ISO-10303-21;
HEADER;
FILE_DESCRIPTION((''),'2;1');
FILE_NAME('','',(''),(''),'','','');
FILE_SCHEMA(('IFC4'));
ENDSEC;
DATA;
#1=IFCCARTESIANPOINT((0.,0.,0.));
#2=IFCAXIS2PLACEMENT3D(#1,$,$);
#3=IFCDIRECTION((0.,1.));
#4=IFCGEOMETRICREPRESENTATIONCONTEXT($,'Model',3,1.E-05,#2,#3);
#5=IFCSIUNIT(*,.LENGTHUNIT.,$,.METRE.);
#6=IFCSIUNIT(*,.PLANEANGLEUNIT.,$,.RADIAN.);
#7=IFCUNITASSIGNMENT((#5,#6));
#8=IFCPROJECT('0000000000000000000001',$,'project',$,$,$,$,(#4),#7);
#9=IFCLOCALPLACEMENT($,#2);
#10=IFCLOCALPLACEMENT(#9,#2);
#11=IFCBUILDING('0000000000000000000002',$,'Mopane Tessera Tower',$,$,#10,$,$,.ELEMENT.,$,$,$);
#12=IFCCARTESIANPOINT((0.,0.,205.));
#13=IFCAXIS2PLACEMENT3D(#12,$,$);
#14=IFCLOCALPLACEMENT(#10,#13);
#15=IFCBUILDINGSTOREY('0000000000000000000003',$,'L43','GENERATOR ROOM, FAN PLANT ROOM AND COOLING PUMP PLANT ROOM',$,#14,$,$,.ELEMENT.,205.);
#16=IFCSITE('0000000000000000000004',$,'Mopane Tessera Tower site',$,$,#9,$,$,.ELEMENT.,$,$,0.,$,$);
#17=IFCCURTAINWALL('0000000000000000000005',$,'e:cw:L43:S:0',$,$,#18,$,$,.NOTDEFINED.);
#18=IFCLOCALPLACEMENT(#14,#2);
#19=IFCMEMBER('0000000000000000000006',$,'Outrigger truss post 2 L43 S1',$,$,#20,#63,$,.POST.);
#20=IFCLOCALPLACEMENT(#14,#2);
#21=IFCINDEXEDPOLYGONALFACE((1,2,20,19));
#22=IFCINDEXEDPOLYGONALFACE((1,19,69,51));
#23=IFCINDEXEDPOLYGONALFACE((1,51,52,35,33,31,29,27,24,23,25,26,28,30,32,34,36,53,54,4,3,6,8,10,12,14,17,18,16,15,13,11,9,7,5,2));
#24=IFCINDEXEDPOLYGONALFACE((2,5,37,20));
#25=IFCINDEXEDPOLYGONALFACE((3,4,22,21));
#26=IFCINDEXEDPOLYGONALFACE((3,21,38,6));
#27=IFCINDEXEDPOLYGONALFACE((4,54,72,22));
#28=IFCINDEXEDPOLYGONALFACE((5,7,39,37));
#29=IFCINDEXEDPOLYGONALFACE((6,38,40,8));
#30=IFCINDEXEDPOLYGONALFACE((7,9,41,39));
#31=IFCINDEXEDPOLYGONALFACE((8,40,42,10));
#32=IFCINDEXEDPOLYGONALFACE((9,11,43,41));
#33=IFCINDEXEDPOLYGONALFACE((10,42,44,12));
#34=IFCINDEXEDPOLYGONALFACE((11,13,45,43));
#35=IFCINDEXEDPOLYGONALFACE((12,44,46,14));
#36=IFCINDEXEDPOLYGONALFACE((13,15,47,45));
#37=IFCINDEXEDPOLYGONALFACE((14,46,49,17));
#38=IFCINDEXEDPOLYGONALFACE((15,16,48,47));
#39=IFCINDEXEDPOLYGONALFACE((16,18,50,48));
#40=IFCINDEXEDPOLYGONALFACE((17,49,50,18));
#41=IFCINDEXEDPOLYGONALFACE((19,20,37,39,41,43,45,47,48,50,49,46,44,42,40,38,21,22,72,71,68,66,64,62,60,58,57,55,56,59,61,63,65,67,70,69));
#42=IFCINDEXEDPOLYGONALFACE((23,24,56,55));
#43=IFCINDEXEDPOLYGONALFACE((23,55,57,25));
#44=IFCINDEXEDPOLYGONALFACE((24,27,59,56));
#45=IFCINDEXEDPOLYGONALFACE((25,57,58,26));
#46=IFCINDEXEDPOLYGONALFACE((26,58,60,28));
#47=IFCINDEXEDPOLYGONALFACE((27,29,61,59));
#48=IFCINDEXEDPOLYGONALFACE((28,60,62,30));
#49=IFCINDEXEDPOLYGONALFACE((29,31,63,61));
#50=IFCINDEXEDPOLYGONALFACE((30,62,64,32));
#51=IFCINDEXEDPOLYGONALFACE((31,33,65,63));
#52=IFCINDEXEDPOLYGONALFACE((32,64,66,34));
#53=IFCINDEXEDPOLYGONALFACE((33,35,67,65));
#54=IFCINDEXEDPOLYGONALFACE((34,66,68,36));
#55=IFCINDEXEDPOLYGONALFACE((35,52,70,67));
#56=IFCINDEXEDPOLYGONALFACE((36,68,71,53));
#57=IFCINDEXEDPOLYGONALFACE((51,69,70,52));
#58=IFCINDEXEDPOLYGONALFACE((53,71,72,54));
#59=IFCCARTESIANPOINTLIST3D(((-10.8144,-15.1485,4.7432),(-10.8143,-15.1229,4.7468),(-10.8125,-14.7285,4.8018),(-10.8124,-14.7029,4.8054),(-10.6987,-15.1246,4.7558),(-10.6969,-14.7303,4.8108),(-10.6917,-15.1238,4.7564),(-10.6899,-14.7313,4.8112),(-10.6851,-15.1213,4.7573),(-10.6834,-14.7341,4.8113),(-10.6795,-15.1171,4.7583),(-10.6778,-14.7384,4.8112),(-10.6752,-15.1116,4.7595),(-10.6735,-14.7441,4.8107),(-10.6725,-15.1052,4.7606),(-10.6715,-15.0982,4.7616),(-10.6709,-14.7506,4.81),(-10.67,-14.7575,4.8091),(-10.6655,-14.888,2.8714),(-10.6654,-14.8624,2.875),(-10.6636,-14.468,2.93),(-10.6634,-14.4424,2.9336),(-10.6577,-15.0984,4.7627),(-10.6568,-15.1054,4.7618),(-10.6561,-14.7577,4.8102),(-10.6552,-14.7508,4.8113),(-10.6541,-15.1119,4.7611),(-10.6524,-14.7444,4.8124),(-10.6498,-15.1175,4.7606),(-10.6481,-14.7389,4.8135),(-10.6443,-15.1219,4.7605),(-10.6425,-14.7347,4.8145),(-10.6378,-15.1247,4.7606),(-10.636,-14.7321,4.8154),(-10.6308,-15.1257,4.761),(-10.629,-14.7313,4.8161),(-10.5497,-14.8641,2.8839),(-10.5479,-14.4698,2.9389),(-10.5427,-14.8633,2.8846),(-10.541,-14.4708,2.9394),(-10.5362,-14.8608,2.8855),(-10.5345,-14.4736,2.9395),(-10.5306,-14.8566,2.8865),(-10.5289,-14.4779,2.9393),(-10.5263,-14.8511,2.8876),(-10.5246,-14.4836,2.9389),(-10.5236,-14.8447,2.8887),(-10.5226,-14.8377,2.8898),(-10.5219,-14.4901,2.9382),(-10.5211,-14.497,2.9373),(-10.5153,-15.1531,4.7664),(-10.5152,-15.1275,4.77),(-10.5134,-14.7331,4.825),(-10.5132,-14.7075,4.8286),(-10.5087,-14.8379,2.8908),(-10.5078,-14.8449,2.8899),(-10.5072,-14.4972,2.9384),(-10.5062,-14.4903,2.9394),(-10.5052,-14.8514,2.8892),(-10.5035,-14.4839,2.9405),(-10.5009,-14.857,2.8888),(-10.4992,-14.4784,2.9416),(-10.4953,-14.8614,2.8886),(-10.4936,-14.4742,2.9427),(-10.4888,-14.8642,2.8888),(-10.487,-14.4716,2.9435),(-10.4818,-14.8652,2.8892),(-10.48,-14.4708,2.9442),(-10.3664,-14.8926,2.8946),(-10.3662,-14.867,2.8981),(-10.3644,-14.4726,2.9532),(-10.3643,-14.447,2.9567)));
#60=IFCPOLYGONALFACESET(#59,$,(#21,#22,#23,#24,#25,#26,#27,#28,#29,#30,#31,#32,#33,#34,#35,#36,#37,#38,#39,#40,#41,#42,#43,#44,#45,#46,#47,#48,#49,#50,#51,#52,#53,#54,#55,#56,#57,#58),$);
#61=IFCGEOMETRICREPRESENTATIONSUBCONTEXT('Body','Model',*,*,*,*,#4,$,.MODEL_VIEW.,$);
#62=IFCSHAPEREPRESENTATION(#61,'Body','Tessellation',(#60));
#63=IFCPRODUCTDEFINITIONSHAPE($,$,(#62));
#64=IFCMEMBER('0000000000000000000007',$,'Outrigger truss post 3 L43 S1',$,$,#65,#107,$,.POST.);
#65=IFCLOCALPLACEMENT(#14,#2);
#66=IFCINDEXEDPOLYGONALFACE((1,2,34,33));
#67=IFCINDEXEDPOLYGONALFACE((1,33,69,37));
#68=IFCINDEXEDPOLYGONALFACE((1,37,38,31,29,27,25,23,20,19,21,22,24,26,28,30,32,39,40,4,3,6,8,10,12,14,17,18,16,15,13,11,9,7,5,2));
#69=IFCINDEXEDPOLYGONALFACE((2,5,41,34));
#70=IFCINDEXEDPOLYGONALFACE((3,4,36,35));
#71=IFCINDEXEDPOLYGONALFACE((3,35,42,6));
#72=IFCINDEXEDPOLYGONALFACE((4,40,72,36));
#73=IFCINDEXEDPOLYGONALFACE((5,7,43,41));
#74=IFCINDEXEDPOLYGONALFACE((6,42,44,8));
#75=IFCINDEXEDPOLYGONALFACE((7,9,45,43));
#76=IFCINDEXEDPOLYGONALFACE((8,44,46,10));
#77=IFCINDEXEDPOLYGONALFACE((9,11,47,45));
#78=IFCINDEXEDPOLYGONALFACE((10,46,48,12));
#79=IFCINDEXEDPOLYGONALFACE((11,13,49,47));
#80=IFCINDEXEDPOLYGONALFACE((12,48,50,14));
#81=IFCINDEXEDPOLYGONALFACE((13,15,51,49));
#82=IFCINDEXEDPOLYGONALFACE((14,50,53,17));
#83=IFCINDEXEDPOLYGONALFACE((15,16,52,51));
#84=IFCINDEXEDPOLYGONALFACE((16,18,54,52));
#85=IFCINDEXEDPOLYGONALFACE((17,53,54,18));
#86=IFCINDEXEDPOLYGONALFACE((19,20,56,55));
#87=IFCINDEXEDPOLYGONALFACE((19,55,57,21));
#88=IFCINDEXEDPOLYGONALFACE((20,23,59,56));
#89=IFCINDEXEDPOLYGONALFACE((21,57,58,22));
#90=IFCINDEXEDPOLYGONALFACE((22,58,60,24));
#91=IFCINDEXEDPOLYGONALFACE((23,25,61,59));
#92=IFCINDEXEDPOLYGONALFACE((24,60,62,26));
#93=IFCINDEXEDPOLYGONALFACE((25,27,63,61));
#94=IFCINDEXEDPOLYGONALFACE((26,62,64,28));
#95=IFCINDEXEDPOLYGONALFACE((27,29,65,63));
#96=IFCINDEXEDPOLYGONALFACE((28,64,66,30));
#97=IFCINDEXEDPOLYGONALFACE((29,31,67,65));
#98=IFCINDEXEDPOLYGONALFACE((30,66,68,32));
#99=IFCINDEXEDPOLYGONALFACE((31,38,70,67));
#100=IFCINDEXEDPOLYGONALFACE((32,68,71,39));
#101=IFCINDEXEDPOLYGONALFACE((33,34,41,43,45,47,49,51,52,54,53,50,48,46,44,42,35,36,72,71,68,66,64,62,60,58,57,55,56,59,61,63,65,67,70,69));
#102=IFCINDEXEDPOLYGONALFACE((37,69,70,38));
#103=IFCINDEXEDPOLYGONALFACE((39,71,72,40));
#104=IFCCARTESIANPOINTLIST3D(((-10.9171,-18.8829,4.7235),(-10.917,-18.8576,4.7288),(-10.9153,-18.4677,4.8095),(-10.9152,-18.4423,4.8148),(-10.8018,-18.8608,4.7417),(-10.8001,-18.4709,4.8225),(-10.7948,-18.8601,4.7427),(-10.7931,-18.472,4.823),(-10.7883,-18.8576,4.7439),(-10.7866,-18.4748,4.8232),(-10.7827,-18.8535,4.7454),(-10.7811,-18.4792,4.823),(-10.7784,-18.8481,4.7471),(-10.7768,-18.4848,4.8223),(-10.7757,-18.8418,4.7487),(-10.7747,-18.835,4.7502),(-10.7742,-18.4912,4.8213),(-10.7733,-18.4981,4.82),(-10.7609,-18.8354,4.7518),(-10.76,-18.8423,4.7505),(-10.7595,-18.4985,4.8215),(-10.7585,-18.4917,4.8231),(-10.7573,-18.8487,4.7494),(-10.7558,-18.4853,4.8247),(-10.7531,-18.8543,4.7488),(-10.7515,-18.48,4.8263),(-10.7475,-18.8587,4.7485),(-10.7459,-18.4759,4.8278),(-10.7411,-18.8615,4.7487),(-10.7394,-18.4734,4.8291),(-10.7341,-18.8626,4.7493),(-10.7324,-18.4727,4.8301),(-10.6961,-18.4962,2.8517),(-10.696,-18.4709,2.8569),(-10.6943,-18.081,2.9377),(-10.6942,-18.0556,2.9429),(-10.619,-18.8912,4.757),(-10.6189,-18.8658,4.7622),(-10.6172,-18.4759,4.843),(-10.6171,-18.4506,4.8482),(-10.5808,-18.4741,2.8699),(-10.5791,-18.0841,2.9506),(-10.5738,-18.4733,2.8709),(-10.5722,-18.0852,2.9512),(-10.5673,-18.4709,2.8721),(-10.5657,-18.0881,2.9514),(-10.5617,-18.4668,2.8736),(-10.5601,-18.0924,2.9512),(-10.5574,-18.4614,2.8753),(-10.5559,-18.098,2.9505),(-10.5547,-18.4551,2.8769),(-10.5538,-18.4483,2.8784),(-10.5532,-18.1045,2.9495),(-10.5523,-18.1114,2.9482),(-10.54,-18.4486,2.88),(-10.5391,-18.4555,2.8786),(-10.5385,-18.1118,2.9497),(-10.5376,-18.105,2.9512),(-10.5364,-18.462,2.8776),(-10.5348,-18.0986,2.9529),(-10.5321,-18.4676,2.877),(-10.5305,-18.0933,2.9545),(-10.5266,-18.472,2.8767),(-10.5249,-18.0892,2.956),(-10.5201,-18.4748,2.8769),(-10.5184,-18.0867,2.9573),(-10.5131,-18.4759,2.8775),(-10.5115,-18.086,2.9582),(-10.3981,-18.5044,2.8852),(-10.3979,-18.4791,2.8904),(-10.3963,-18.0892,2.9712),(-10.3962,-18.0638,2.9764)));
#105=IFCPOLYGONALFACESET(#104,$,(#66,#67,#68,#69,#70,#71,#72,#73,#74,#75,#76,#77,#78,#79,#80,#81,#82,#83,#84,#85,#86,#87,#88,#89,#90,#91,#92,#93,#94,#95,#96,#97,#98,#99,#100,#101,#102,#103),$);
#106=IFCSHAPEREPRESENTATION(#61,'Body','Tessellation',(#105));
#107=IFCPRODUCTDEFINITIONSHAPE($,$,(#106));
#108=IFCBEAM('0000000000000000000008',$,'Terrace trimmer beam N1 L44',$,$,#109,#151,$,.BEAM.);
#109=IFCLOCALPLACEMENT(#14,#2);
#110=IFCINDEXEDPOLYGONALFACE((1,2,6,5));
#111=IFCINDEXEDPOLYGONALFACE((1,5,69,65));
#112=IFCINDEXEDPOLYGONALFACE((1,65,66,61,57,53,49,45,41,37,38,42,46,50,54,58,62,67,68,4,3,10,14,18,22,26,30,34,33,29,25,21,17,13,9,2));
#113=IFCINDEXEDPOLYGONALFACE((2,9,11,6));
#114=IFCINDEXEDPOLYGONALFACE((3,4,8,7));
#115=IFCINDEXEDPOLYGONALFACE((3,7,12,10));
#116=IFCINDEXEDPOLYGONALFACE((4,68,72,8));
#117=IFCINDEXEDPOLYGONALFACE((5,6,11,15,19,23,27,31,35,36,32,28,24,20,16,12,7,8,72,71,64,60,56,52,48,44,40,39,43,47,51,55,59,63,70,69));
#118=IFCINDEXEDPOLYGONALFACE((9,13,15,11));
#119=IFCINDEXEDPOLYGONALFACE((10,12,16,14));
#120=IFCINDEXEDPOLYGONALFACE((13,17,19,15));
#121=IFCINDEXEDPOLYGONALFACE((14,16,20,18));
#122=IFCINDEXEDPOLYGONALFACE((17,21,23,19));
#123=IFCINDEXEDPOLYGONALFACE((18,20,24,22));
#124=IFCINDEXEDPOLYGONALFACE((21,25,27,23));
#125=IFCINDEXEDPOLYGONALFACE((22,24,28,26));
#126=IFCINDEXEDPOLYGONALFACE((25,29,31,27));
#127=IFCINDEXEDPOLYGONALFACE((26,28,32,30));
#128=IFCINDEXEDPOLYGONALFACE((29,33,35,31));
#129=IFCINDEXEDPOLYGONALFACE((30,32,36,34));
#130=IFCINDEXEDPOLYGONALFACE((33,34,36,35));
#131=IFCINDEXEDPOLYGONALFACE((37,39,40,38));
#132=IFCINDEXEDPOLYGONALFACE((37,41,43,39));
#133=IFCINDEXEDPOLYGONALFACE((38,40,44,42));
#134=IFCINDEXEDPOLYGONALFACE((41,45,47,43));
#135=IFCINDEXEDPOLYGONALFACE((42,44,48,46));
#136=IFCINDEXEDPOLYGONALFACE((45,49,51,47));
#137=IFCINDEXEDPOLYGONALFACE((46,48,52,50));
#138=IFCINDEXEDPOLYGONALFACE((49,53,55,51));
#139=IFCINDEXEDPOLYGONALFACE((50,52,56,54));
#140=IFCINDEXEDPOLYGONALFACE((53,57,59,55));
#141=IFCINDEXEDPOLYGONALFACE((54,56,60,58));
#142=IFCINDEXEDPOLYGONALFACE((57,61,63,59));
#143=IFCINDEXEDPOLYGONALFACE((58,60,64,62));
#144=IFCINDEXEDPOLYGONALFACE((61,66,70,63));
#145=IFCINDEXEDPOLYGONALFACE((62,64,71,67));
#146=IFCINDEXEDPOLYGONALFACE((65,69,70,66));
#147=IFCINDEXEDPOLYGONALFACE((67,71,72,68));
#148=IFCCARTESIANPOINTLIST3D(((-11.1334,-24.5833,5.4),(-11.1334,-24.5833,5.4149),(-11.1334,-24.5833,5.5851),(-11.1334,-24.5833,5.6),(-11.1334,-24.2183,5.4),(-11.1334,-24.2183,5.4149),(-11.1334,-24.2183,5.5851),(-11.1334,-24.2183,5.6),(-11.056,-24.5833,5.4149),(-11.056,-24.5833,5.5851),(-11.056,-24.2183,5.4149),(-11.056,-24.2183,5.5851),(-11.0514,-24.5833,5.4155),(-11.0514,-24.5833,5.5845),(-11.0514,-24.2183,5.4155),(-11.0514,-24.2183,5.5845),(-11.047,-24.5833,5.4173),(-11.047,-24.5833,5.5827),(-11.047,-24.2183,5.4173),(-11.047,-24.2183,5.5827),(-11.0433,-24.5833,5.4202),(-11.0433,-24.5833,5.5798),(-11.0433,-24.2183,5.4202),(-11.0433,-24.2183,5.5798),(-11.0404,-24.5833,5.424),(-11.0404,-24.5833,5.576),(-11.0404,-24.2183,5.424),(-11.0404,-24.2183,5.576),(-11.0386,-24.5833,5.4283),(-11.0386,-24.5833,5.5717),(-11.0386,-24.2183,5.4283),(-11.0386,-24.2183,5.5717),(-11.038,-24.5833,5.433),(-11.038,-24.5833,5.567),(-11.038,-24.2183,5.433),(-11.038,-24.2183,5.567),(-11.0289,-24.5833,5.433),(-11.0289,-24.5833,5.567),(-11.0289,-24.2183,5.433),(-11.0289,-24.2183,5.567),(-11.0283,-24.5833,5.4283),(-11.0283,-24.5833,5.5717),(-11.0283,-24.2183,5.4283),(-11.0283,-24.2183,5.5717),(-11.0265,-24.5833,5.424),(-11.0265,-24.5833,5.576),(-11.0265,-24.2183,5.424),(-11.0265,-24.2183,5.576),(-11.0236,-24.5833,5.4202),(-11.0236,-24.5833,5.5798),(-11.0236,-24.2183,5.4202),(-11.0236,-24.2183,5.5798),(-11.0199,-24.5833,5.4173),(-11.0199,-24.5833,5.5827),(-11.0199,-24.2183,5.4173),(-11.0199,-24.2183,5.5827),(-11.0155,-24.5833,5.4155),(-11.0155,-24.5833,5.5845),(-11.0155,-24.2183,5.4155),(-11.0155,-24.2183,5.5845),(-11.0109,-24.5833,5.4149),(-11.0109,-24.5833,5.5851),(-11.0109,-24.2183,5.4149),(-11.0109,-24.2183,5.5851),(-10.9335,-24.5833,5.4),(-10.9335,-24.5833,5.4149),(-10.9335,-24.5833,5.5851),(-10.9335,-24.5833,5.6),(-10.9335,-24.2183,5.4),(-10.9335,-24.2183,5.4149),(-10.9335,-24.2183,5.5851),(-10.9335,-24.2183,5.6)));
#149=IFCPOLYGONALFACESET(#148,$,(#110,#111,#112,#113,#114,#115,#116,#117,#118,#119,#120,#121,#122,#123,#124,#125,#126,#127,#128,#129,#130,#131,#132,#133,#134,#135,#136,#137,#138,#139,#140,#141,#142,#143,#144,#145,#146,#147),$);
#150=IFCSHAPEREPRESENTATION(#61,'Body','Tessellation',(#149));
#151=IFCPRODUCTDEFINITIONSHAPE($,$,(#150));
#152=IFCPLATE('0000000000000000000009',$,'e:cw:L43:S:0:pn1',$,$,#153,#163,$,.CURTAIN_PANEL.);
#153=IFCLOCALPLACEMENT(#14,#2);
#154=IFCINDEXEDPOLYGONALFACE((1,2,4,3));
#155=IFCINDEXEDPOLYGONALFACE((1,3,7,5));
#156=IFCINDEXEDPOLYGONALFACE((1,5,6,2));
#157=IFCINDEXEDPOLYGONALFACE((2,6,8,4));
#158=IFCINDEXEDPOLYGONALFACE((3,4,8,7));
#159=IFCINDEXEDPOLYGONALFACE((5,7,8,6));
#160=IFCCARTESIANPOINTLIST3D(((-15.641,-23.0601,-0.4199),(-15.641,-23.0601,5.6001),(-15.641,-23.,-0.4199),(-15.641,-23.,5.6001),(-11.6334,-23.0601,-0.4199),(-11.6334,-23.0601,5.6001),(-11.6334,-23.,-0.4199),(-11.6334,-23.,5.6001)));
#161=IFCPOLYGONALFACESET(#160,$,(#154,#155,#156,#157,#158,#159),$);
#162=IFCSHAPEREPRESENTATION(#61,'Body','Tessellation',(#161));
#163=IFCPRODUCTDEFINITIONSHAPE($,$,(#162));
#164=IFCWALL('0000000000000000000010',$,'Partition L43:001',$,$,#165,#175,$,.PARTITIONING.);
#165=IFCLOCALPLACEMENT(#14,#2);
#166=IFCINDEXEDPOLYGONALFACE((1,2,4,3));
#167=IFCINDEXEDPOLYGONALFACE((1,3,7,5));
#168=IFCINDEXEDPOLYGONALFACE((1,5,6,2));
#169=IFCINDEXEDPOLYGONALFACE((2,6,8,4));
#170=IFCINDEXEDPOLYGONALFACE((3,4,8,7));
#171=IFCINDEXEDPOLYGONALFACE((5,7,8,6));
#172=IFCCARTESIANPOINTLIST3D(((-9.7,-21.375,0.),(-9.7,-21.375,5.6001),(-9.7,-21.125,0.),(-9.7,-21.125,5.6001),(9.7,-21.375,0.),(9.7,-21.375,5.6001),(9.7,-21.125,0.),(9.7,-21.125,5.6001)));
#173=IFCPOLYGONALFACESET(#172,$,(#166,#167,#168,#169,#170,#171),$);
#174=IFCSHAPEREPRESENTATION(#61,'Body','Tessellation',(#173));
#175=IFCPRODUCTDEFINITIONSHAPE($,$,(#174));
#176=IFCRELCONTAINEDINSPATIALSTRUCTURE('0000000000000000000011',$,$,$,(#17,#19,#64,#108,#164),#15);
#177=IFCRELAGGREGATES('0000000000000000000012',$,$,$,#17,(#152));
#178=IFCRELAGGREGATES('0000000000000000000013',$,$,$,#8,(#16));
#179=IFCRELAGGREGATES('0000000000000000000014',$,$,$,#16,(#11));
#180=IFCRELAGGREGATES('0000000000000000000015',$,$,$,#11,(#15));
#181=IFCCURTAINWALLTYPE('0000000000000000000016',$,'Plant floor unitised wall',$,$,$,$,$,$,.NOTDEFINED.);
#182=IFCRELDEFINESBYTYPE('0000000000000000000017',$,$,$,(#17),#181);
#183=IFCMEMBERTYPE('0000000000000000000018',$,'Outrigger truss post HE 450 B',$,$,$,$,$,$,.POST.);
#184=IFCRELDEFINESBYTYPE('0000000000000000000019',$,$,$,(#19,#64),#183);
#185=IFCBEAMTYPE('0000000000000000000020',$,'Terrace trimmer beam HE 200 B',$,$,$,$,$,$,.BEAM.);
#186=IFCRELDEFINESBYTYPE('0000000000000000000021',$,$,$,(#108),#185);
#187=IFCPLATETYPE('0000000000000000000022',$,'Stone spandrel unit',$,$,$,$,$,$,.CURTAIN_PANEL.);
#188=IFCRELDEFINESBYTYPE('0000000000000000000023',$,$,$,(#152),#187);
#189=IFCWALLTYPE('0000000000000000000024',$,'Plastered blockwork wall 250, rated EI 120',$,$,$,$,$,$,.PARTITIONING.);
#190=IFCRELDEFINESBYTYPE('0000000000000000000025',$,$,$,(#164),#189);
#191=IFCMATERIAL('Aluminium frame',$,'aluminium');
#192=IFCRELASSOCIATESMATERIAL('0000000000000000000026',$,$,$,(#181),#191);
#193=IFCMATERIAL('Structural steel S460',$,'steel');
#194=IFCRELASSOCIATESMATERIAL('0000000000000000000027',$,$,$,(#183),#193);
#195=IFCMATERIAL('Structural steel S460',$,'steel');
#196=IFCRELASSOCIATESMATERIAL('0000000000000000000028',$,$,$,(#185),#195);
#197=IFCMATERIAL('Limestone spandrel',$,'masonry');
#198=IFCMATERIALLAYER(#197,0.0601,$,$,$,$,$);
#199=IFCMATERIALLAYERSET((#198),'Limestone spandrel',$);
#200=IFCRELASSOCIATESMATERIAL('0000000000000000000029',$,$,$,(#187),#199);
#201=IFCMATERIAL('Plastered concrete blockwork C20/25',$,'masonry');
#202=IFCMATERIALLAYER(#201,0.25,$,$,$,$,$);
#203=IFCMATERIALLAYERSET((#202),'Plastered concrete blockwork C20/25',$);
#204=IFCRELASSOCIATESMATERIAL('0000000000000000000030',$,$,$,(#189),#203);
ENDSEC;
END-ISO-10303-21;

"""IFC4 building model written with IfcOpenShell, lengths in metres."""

from ifc_helpers import new_model, si_unit, direction, frame, frame_2d, origin, origin_2d, place, context, subcontext, project, spatial, rectangle, i_section, extrude, material, layer, layer_set, material_profile, profile_set, type_object, element, aggregate, save


model = new_model("IFC4")

# Units and contexts
model_context = context("Model", 3, precision=1e-05, world=origin(), true_north=direction((0.0, 1.0)))
body_context = subcontext(model_context, "Body", "Model", "MODEL_VIEW")
ifc_project = project(units=[si_unit("LENGTHUNIT", "METRE"), si_unit("PLANEANGLEUNIT", "RADIAN")], contexts=[model_context])

# Site, building, storey
site_placement = place(None, origin())
site = spatial("IfcSite", under=ifc_project, at=site_placement, Name="Mopane Tessera Tower site", CompositionType="ELEMENT", RefElevation=0.0)
building_placement = place(site_placement, origin())
building = spatial("IfcBuilding", under=site, at=building_placement, Name="Mopane Tessera Tower", CompositionType="ELEMENT")
storey_placement = place(building_placement, frame((0.0, 0.0, 205.0)))
storey = spatial("IfcBuildingStorey", under=building, at=storey_placement, Name="L43", Description="GENERATOR ROOM, FAN PLANT ROOM AND COOLING PUMP PLANT ROOM", CompositionType="ELEMENT", Elevation=205.0)

# Curtain wall
ifc_material_1 = material(Name="Aluminium frame", Category="aluminium")
curtain_wall_type = type_object("IfcCurtainWallType", Name="Plant floor unitised wall", PredefinedType="NOTDEFINED", material=ifc_material_1)
curtain_wall_placement = place(storey_placement, origin())
curtain_wall = element("IfcCurtainWall", 1, at=curtain_wall_placement, inside=storey, type_object=curtain_wall_type, Name="e:cw:L43:S:0", PredefinedType="NOTDEFINED")

# Members
ifc_material_2 = material(Name="Structural steel S460", Category="steel")
ifc_material_profile_1 = material_profile(ifc_material_2, i_section(OverallWidth=0.3, OverallDepth=0.45, WebThickness=0.0139, FlangeThickness=0.0259, FilletRadius=0.0271, at=origin_2d()))
ifc_profile_set_1 = profile_set([ifc_material_profile_1], Name="Structural steel S460")
member_type_1 = type_object("IfcMemberType", Name="Outrigger truss post HE 450 B", PredefinedType="POST", material=ifc_profile_set_1)
member_1_placement = place(storey_placement, frame((-10.5149, -14.6675, 2.9141), z_axis=(-0.078559, -0.137413, 0.987394), x_axis=(0.996899, -0.015324, 0.077183)))
element("IfcMember", 2, at=member_1_placement, inside=storey, type_object=member_type_1, Name="Outrigger truss post 2 L43 S1", PredefinedType="POST", context=body_context, shape_type="SweptSolid", body=[
    extrude(i_section(OverallWidth=0.3, OverallDepth=0.45, WebThickness=0.0139, FlangeThickness=0.0259, FilletRadius=0.0271, at=origin_2d()), origin(), (0.0, 0.0, 1.0), 1.8958),
])
member_2_placement = place(storey_placement, frame((-10.5461, -18.28, 2.9141), z_axis=(-0.114832, -0.200988, 0.97284), x_axis=(0.993376, -0.027374, 0.111601)))
element("IfcMember", 3, at=member_2_placement, inside=storey, type_object=member_type_1, Name="Outrigger truss post 3 L43 S1", PredefinedType="POST", context=body_context, shape_type="SweptSolid", body=[
    extrude(i_section(OverallWidth=0.3, OverallDepth=0.45, WebThickness=0.0139, FlangeThickness=0.0259, FilletRadius=0.0271, at=origin_2d()), origin(), (0.0, 0.0, 1.0), 1.9241),
])

# Beam
ifc_material_3 = material(Name="Structural steel S460", Category="steel")
ifc_material_profile_2 = material_profile(ifc_material_3, i_section(OverallWidth=0.2, OverallDepth=0.2, WebThickness=0.009, FlangeThickness=0.0149, FilletRadius=0.0181, at=origin_2d()))
ifc_profile_set_2 = profile_set([ifc_material_profile_2], Name="Structural steel S460")
beam_type = type_object("IfcBeamType", Name="Terrace trimmer beam HE 200 B", PredefinedType="BEAM", material=ifc_profile_set_2)
beam_placement = place(storey_placement, frame((-11.0334, -24.2183, 5.5), z_axis=(0.0, -1.0, 0.0), x_axis=(1.0, 0.0, 0.0)))
element("IfcBeam", 4, at=beam_placement, inside=storey, type_object=beam_type, Name="Terrace trimmer beam N1 L44", PredefinedType="BEAM", context=body_context, shape_type="SweptSolid", body=[
    extrude(i_section(OverallWidth=0.2, OverallDepth=0.2, WebThickness=0.009, FlangeThickness=0.0149, FilletRadius=0.0181, at=origin_2d()), origin(), (0.0, 0.0, 1.0), 0.365),
])

# Plate
ifc_material_4 = material(Name="Limestone spandrel", Category="masonry")
ifc_layer_1 = layer(ifc_material_4, 0.0601)
ifc_layer_set_1 = layer_set([ifc_layer_1], Name="Limestone spandrel")
plate_type = type_object("IfcPlateType", Name="Stone spandrel unit", PredefinedType="CURTAIN_PANEL", material=ifc_layer_set_1)
plate_placement = place(storey_placement, frame((-13.6372, -23.03, -0.4199), z_axis=(0.0, 0.0, 1.0), x_axis=(1.0, 0.0, 0.0)))
plate = element("IfcPlate", 5, at=plate_placement, type_object=plate_type, Name="e:cw:L43:S:0:pn1", PredefinedType="CURTAIN_PANEL", context=body_context, shape_type="SweptSolid", body=[
    extrude(rectangle(XDim=4.0076, YDim=0.0601, at=origin_2d()), origin(), (0.0, 0.0, 1.0), 6.02),
])
aggregate(curtain_wall, [plate])

# Wall
ifc_material_5 = material(Name="Plastered concrete blockwork C20/25", Category="masonry")
ifc_layer_2 = layer(ifc_material_5, 0.25)
ifc_layer_set_2 = layer_set([ifc_layer_2], Name="Plastered concrete blockwork C20/25")
wall_type = type_object("IfcWallType", Name="Plastered blockwork wall 250, rated EI 120", PredefinedType="PARTITIONING", material=ifc_layer_set_2)
wall_1_placement = place(storey_placement, frame((-9.7, -21.25, 0.0), z_axis=(0.0, 0.0, 1.0), x_axis=(1.0, 0.0, 0.0)))
element("IfcWall", 6, at=wall_1_placement, inside=storey, type_object=wall_type, Name="Partition L43:001", PredefinedType="PARTITIONING", context=body_context, shape_type="SweptSolid", body=[
    extrude(rectangle(XDim=19.3999, YDim=0.25, at=frame_2d((9.7, 0.0))), origin(), (0.0, 0.0, 1.0), 5.6001),
])

save(model, "model.ifc")
